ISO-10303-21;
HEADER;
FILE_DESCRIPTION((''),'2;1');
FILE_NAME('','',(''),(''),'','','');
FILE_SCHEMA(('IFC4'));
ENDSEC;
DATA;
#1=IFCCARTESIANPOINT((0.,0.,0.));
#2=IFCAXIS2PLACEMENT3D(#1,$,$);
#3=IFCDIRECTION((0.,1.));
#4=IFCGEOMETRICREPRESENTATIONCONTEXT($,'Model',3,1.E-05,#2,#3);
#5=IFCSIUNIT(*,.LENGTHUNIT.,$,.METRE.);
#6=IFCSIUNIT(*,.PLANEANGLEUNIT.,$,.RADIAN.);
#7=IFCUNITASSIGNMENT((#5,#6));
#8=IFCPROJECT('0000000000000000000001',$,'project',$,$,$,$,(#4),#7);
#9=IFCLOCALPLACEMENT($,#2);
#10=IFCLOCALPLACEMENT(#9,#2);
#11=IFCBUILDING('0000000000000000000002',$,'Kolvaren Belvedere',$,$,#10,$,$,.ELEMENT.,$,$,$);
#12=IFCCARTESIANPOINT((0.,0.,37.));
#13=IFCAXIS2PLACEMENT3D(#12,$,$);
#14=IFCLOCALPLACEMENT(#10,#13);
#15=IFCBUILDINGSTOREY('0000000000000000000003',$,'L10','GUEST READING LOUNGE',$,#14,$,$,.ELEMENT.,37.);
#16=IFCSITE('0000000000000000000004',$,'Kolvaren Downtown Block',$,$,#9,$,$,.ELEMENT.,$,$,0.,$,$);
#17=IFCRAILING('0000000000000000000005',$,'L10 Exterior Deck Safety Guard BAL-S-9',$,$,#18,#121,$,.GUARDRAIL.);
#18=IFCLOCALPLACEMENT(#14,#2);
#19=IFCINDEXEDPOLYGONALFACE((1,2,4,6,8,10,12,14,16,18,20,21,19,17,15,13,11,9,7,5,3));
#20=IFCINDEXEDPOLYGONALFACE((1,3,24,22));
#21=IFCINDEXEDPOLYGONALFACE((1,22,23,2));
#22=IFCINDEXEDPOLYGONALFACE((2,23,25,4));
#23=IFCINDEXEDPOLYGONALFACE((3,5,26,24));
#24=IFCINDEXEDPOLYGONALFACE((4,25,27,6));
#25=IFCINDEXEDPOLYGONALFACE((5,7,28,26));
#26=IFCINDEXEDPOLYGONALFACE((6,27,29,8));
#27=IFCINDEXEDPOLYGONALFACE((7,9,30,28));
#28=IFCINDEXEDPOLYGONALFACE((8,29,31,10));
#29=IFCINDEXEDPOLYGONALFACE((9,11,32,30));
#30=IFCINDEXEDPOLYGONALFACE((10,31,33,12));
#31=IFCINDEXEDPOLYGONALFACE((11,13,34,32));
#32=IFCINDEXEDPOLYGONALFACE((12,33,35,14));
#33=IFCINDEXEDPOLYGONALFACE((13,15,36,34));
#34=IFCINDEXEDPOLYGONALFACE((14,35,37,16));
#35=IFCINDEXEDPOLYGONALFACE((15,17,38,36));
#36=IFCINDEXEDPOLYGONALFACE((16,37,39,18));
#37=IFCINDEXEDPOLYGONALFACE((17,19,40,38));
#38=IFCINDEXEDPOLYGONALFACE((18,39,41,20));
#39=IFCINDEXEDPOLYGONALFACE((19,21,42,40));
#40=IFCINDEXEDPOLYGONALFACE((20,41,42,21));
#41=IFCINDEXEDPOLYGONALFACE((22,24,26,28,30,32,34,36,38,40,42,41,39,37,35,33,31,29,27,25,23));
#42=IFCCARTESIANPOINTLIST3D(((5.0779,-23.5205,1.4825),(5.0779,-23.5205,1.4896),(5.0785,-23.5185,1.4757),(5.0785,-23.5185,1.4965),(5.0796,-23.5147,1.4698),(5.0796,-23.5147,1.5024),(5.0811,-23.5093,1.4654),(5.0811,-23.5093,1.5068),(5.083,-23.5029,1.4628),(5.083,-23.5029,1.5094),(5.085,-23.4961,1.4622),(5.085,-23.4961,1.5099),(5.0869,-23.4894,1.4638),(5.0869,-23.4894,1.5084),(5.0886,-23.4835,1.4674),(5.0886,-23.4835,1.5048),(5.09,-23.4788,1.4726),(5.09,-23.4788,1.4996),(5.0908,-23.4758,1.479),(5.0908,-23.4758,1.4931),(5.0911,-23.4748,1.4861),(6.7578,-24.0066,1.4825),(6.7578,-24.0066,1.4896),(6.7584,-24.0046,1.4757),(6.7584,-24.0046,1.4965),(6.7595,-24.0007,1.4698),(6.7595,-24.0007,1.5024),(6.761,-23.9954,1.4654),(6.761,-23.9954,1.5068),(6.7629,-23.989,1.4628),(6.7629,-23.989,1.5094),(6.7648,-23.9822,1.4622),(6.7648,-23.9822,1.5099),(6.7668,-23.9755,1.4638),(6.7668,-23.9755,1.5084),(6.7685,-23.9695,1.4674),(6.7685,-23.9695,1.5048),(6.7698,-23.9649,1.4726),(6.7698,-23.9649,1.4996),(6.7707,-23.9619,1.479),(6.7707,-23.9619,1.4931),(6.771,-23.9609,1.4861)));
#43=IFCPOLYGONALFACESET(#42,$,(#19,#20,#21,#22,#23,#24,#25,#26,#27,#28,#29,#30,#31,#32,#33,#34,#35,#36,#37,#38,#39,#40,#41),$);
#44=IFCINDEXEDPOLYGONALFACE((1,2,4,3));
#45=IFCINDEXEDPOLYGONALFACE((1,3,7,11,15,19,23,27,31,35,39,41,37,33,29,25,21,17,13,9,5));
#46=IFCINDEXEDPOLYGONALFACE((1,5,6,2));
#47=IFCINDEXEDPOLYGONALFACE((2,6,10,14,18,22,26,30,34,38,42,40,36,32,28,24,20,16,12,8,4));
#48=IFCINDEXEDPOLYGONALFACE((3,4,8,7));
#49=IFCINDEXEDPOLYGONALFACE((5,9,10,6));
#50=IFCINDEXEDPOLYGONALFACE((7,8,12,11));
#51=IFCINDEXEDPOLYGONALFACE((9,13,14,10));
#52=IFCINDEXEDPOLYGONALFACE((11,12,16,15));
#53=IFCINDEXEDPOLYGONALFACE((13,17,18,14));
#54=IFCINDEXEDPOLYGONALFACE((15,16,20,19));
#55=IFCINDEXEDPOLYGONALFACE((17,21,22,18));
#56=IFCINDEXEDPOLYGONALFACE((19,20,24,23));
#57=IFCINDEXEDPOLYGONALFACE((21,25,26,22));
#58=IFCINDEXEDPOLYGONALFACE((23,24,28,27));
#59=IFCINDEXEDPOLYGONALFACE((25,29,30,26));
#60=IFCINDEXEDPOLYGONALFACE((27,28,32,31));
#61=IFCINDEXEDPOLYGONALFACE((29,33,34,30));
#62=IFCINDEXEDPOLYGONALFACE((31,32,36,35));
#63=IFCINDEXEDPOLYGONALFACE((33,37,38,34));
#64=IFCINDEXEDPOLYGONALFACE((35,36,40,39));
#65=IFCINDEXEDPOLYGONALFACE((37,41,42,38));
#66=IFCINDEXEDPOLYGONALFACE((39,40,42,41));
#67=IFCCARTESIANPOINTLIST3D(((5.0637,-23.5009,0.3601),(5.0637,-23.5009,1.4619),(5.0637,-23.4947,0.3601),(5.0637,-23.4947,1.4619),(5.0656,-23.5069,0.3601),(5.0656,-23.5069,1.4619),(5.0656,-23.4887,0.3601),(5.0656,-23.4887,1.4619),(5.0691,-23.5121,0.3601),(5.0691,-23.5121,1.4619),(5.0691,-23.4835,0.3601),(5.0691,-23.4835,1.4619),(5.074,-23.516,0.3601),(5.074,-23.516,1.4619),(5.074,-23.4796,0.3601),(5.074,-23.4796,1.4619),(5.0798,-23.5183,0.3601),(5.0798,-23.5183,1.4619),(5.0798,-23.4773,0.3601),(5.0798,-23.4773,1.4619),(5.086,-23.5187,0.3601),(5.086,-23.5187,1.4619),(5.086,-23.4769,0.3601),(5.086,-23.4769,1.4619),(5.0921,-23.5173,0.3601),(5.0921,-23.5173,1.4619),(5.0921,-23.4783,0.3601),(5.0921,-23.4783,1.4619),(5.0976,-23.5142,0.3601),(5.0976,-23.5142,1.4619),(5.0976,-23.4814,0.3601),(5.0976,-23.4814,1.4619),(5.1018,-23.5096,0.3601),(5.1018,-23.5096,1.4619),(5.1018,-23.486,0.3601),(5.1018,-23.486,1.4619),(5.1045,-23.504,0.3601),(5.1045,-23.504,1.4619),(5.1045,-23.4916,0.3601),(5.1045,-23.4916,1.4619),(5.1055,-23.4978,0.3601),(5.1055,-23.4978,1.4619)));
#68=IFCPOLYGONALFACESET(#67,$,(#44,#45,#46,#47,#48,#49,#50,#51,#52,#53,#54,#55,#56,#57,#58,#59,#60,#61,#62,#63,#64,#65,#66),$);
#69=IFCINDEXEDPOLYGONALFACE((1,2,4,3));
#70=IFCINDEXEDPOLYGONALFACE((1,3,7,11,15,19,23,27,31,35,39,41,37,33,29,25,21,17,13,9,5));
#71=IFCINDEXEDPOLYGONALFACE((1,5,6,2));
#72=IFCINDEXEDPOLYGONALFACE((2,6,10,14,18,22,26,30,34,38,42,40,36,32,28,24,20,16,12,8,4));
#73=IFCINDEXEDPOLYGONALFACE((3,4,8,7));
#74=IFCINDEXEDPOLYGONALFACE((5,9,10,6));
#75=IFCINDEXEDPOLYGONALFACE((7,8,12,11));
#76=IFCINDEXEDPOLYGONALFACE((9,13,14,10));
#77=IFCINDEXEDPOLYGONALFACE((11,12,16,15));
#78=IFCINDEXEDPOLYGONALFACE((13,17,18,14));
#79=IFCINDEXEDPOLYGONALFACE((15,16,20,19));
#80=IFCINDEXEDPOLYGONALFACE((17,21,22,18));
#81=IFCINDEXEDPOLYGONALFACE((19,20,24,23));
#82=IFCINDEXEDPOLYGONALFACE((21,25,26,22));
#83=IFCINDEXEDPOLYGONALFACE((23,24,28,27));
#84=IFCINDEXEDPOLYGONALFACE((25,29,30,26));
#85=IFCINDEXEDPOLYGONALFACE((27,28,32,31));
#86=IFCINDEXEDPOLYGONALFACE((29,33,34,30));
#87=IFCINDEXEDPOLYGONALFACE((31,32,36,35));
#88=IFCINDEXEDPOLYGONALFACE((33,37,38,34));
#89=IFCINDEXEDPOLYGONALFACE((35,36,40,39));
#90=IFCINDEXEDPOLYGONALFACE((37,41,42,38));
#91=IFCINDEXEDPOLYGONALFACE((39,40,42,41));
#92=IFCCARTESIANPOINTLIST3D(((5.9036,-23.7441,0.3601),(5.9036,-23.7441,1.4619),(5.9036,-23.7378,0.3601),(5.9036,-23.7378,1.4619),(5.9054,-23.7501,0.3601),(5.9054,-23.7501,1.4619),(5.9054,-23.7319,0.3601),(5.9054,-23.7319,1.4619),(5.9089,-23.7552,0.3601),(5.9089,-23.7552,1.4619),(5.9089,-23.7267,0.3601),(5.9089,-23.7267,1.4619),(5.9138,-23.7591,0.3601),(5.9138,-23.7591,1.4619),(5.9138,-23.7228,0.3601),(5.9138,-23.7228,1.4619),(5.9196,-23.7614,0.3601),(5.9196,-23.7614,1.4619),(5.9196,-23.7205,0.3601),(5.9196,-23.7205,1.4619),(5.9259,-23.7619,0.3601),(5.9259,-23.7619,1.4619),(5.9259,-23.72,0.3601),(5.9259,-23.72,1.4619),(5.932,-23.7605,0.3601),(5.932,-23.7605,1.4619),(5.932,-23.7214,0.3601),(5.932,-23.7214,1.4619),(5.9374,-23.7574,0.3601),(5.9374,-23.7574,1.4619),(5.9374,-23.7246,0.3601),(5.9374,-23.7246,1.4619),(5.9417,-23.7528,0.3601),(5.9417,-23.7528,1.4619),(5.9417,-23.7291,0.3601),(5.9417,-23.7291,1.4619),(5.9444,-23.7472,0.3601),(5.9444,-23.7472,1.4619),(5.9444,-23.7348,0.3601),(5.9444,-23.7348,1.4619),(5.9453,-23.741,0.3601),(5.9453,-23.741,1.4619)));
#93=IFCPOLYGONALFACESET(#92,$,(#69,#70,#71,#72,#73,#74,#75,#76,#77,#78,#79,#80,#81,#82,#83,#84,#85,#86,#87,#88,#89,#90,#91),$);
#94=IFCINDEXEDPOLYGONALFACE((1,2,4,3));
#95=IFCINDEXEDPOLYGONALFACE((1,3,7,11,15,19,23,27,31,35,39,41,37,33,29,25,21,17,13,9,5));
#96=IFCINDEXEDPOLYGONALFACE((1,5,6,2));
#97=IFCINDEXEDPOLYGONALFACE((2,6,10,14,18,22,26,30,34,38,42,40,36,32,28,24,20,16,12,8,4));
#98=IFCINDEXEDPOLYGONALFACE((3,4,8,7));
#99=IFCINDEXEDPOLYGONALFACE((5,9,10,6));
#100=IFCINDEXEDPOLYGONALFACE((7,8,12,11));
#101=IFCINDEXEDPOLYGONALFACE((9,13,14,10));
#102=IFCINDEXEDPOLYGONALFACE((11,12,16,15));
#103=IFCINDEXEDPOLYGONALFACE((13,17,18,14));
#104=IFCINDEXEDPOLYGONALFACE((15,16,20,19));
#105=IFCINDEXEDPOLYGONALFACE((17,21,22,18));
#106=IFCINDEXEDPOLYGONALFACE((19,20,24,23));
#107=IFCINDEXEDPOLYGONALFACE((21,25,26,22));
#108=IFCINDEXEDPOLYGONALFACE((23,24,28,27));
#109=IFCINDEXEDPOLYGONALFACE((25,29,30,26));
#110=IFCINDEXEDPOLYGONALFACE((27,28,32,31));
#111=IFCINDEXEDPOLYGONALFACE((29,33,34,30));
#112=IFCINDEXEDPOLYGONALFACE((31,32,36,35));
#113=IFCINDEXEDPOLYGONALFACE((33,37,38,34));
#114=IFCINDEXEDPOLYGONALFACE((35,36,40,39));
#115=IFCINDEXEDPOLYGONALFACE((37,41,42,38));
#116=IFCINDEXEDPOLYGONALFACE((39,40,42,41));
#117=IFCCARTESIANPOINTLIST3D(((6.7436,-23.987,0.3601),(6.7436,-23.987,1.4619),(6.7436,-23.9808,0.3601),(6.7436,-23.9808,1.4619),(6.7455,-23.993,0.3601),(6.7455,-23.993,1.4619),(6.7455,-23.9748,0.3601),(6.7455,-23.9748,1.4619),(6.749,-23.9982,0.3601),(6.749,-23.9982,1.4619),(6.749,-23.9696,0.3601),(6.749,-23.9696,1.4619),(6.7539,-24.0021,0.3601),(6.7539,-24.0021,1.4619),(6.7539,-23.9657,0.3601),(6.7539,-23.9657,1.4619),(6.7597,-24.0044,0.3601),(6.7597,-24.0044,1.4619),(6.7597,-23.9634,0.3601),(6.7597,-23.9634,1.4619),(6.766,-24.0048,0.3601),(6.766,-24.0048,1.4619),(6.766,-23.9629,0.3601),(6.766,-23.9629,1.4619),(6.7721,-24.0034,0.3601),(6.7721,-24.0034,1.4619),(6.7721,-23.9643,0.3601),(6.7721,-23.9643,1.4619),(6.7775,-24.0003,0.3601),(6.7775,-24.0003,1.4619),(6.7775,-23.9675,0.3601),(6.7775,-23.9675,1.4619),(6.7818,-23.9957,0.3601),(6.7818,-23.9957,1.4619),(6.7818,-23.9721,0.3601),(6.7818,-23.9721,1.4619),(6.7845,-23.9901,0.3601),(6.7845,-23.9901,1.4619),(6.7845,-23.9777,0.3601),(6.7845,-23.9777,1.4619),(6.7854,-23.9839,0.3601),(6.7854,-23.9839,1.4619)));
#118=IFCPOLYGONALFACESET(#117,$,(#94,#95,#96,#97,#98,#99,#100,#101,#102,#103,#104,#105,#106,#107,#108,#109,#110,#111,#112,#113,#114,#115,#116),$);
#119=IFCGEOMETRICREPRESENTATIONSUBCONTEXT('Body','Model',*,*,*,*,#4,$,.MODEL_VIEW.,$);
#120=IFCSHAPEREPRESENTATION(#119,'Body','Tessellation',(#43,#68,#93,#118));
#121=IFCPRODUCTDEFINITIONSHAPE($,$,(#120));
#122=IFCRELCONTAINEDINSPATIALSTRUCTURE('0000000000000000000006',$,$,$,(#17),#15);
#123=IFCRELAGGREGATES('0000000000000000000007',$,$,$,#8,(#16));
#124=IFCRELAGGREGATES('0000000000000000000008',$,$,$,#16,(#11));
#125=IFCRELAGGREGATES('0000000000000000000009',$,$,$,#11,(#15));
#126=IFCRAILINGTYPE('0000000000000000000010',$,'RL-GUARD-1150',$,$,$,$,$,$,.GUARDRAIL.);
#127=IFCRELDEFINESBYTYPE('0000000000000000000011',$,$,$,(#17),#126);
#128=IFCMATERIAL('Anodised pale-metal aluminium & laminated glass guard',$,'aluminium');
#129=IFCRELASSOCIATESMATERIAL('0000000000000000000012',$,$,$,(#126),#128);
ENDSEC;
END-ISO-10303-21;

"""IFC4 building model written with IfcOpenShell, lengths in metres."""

from ifc_helpers import new_model, si_unit, direction, frame, origin, origin_2d, place, context, subcontext, project, spatial, circle, extrude, material, type_object, element, save


model = new_model("IFC4")

# Units and contexts
model_context = context("Model", 3, precision=1e-05, world=origin(), true_north=direction((0.0, 1.0)))
body_context = subcontext(model_context, "Body", "Model", "MODEL_VIEW")
ifc_project = project(units=[si_unit("LENGTHUNIT", "METRE"), si_unit("PLANEANGLEUNIT", "RADIAN")], contexts=[model_context])

# Site, building, storey
site_placement = place(None, origin())
site = spatial("IfcSite", under=ifc_project, at=site_placement, Name="Kolvaren Downtown Block", CompositionType="ELEMENT", RefElevation=0.0)
building_placement = place(site_placement, origin())
building = spatial("IfcBuilding", under=site, at=building_placement, Name="Kolvaren Belvedere", CompositionType="ELEMENT")
storey_placement = place(building_placement, frame((0.0, 0.0, 37.0)))
storey = spatial("IfcBuildingStorey", under=building, at=storey_placement, Name="L10", Description="GUEST READING LOUNGE", CompositionType="ELEMENT", Elevation=37.0)

# Railing
ifc_material_1 = material(Name="Anodised pale-metal aluminium & laminated glass guard", Category="aluminium")
railing_type = type_object("IfcRailingType", Name="RL-GUARD-1150", PredefinedType="GUARDRAIL", material=ifc_material_1)
railing_1_placement = place(storey_placement, frame((5.0845, -23.4978, 0.3601)))
element("IfcRailing", 1, at=railing_1_placement, inside=storey, type_object=railing_type, Name="L10 Exterior Deck Safety Guard BAL-S-9", PredefinedType="GUARDRAIL", context=body_context, shape_type="SweptSolid", body=[
    extrude(circle(Radius=0.0239, at=origin_2d()), frame((0.0, 0.0, 1.126), z_axis=(0.960597, -0.277946, 0.0), x_axis=(0.277946, 0.960597, 0.0)), (0.0, 0.0, 1.0), 1.7488),
    extrude(circle(Radius=0.021, at=origin_2d()), origin(), (0.0, 0.0, 1.0), 1.1018),
    extrude(circle(Radius=0.021, at=origin_2d()), frame((0.8398, -0.2432, 0.0)), (0.0, 0.0, 1.0), 1.1018),
    extrude(circle(Radius=0.021, at=origin_2d()), frame((1.6799, -0.4861, 0.0)), (0.0, 0.0, 1.0), 1.1018),
])

save(model, "model.ifc")
